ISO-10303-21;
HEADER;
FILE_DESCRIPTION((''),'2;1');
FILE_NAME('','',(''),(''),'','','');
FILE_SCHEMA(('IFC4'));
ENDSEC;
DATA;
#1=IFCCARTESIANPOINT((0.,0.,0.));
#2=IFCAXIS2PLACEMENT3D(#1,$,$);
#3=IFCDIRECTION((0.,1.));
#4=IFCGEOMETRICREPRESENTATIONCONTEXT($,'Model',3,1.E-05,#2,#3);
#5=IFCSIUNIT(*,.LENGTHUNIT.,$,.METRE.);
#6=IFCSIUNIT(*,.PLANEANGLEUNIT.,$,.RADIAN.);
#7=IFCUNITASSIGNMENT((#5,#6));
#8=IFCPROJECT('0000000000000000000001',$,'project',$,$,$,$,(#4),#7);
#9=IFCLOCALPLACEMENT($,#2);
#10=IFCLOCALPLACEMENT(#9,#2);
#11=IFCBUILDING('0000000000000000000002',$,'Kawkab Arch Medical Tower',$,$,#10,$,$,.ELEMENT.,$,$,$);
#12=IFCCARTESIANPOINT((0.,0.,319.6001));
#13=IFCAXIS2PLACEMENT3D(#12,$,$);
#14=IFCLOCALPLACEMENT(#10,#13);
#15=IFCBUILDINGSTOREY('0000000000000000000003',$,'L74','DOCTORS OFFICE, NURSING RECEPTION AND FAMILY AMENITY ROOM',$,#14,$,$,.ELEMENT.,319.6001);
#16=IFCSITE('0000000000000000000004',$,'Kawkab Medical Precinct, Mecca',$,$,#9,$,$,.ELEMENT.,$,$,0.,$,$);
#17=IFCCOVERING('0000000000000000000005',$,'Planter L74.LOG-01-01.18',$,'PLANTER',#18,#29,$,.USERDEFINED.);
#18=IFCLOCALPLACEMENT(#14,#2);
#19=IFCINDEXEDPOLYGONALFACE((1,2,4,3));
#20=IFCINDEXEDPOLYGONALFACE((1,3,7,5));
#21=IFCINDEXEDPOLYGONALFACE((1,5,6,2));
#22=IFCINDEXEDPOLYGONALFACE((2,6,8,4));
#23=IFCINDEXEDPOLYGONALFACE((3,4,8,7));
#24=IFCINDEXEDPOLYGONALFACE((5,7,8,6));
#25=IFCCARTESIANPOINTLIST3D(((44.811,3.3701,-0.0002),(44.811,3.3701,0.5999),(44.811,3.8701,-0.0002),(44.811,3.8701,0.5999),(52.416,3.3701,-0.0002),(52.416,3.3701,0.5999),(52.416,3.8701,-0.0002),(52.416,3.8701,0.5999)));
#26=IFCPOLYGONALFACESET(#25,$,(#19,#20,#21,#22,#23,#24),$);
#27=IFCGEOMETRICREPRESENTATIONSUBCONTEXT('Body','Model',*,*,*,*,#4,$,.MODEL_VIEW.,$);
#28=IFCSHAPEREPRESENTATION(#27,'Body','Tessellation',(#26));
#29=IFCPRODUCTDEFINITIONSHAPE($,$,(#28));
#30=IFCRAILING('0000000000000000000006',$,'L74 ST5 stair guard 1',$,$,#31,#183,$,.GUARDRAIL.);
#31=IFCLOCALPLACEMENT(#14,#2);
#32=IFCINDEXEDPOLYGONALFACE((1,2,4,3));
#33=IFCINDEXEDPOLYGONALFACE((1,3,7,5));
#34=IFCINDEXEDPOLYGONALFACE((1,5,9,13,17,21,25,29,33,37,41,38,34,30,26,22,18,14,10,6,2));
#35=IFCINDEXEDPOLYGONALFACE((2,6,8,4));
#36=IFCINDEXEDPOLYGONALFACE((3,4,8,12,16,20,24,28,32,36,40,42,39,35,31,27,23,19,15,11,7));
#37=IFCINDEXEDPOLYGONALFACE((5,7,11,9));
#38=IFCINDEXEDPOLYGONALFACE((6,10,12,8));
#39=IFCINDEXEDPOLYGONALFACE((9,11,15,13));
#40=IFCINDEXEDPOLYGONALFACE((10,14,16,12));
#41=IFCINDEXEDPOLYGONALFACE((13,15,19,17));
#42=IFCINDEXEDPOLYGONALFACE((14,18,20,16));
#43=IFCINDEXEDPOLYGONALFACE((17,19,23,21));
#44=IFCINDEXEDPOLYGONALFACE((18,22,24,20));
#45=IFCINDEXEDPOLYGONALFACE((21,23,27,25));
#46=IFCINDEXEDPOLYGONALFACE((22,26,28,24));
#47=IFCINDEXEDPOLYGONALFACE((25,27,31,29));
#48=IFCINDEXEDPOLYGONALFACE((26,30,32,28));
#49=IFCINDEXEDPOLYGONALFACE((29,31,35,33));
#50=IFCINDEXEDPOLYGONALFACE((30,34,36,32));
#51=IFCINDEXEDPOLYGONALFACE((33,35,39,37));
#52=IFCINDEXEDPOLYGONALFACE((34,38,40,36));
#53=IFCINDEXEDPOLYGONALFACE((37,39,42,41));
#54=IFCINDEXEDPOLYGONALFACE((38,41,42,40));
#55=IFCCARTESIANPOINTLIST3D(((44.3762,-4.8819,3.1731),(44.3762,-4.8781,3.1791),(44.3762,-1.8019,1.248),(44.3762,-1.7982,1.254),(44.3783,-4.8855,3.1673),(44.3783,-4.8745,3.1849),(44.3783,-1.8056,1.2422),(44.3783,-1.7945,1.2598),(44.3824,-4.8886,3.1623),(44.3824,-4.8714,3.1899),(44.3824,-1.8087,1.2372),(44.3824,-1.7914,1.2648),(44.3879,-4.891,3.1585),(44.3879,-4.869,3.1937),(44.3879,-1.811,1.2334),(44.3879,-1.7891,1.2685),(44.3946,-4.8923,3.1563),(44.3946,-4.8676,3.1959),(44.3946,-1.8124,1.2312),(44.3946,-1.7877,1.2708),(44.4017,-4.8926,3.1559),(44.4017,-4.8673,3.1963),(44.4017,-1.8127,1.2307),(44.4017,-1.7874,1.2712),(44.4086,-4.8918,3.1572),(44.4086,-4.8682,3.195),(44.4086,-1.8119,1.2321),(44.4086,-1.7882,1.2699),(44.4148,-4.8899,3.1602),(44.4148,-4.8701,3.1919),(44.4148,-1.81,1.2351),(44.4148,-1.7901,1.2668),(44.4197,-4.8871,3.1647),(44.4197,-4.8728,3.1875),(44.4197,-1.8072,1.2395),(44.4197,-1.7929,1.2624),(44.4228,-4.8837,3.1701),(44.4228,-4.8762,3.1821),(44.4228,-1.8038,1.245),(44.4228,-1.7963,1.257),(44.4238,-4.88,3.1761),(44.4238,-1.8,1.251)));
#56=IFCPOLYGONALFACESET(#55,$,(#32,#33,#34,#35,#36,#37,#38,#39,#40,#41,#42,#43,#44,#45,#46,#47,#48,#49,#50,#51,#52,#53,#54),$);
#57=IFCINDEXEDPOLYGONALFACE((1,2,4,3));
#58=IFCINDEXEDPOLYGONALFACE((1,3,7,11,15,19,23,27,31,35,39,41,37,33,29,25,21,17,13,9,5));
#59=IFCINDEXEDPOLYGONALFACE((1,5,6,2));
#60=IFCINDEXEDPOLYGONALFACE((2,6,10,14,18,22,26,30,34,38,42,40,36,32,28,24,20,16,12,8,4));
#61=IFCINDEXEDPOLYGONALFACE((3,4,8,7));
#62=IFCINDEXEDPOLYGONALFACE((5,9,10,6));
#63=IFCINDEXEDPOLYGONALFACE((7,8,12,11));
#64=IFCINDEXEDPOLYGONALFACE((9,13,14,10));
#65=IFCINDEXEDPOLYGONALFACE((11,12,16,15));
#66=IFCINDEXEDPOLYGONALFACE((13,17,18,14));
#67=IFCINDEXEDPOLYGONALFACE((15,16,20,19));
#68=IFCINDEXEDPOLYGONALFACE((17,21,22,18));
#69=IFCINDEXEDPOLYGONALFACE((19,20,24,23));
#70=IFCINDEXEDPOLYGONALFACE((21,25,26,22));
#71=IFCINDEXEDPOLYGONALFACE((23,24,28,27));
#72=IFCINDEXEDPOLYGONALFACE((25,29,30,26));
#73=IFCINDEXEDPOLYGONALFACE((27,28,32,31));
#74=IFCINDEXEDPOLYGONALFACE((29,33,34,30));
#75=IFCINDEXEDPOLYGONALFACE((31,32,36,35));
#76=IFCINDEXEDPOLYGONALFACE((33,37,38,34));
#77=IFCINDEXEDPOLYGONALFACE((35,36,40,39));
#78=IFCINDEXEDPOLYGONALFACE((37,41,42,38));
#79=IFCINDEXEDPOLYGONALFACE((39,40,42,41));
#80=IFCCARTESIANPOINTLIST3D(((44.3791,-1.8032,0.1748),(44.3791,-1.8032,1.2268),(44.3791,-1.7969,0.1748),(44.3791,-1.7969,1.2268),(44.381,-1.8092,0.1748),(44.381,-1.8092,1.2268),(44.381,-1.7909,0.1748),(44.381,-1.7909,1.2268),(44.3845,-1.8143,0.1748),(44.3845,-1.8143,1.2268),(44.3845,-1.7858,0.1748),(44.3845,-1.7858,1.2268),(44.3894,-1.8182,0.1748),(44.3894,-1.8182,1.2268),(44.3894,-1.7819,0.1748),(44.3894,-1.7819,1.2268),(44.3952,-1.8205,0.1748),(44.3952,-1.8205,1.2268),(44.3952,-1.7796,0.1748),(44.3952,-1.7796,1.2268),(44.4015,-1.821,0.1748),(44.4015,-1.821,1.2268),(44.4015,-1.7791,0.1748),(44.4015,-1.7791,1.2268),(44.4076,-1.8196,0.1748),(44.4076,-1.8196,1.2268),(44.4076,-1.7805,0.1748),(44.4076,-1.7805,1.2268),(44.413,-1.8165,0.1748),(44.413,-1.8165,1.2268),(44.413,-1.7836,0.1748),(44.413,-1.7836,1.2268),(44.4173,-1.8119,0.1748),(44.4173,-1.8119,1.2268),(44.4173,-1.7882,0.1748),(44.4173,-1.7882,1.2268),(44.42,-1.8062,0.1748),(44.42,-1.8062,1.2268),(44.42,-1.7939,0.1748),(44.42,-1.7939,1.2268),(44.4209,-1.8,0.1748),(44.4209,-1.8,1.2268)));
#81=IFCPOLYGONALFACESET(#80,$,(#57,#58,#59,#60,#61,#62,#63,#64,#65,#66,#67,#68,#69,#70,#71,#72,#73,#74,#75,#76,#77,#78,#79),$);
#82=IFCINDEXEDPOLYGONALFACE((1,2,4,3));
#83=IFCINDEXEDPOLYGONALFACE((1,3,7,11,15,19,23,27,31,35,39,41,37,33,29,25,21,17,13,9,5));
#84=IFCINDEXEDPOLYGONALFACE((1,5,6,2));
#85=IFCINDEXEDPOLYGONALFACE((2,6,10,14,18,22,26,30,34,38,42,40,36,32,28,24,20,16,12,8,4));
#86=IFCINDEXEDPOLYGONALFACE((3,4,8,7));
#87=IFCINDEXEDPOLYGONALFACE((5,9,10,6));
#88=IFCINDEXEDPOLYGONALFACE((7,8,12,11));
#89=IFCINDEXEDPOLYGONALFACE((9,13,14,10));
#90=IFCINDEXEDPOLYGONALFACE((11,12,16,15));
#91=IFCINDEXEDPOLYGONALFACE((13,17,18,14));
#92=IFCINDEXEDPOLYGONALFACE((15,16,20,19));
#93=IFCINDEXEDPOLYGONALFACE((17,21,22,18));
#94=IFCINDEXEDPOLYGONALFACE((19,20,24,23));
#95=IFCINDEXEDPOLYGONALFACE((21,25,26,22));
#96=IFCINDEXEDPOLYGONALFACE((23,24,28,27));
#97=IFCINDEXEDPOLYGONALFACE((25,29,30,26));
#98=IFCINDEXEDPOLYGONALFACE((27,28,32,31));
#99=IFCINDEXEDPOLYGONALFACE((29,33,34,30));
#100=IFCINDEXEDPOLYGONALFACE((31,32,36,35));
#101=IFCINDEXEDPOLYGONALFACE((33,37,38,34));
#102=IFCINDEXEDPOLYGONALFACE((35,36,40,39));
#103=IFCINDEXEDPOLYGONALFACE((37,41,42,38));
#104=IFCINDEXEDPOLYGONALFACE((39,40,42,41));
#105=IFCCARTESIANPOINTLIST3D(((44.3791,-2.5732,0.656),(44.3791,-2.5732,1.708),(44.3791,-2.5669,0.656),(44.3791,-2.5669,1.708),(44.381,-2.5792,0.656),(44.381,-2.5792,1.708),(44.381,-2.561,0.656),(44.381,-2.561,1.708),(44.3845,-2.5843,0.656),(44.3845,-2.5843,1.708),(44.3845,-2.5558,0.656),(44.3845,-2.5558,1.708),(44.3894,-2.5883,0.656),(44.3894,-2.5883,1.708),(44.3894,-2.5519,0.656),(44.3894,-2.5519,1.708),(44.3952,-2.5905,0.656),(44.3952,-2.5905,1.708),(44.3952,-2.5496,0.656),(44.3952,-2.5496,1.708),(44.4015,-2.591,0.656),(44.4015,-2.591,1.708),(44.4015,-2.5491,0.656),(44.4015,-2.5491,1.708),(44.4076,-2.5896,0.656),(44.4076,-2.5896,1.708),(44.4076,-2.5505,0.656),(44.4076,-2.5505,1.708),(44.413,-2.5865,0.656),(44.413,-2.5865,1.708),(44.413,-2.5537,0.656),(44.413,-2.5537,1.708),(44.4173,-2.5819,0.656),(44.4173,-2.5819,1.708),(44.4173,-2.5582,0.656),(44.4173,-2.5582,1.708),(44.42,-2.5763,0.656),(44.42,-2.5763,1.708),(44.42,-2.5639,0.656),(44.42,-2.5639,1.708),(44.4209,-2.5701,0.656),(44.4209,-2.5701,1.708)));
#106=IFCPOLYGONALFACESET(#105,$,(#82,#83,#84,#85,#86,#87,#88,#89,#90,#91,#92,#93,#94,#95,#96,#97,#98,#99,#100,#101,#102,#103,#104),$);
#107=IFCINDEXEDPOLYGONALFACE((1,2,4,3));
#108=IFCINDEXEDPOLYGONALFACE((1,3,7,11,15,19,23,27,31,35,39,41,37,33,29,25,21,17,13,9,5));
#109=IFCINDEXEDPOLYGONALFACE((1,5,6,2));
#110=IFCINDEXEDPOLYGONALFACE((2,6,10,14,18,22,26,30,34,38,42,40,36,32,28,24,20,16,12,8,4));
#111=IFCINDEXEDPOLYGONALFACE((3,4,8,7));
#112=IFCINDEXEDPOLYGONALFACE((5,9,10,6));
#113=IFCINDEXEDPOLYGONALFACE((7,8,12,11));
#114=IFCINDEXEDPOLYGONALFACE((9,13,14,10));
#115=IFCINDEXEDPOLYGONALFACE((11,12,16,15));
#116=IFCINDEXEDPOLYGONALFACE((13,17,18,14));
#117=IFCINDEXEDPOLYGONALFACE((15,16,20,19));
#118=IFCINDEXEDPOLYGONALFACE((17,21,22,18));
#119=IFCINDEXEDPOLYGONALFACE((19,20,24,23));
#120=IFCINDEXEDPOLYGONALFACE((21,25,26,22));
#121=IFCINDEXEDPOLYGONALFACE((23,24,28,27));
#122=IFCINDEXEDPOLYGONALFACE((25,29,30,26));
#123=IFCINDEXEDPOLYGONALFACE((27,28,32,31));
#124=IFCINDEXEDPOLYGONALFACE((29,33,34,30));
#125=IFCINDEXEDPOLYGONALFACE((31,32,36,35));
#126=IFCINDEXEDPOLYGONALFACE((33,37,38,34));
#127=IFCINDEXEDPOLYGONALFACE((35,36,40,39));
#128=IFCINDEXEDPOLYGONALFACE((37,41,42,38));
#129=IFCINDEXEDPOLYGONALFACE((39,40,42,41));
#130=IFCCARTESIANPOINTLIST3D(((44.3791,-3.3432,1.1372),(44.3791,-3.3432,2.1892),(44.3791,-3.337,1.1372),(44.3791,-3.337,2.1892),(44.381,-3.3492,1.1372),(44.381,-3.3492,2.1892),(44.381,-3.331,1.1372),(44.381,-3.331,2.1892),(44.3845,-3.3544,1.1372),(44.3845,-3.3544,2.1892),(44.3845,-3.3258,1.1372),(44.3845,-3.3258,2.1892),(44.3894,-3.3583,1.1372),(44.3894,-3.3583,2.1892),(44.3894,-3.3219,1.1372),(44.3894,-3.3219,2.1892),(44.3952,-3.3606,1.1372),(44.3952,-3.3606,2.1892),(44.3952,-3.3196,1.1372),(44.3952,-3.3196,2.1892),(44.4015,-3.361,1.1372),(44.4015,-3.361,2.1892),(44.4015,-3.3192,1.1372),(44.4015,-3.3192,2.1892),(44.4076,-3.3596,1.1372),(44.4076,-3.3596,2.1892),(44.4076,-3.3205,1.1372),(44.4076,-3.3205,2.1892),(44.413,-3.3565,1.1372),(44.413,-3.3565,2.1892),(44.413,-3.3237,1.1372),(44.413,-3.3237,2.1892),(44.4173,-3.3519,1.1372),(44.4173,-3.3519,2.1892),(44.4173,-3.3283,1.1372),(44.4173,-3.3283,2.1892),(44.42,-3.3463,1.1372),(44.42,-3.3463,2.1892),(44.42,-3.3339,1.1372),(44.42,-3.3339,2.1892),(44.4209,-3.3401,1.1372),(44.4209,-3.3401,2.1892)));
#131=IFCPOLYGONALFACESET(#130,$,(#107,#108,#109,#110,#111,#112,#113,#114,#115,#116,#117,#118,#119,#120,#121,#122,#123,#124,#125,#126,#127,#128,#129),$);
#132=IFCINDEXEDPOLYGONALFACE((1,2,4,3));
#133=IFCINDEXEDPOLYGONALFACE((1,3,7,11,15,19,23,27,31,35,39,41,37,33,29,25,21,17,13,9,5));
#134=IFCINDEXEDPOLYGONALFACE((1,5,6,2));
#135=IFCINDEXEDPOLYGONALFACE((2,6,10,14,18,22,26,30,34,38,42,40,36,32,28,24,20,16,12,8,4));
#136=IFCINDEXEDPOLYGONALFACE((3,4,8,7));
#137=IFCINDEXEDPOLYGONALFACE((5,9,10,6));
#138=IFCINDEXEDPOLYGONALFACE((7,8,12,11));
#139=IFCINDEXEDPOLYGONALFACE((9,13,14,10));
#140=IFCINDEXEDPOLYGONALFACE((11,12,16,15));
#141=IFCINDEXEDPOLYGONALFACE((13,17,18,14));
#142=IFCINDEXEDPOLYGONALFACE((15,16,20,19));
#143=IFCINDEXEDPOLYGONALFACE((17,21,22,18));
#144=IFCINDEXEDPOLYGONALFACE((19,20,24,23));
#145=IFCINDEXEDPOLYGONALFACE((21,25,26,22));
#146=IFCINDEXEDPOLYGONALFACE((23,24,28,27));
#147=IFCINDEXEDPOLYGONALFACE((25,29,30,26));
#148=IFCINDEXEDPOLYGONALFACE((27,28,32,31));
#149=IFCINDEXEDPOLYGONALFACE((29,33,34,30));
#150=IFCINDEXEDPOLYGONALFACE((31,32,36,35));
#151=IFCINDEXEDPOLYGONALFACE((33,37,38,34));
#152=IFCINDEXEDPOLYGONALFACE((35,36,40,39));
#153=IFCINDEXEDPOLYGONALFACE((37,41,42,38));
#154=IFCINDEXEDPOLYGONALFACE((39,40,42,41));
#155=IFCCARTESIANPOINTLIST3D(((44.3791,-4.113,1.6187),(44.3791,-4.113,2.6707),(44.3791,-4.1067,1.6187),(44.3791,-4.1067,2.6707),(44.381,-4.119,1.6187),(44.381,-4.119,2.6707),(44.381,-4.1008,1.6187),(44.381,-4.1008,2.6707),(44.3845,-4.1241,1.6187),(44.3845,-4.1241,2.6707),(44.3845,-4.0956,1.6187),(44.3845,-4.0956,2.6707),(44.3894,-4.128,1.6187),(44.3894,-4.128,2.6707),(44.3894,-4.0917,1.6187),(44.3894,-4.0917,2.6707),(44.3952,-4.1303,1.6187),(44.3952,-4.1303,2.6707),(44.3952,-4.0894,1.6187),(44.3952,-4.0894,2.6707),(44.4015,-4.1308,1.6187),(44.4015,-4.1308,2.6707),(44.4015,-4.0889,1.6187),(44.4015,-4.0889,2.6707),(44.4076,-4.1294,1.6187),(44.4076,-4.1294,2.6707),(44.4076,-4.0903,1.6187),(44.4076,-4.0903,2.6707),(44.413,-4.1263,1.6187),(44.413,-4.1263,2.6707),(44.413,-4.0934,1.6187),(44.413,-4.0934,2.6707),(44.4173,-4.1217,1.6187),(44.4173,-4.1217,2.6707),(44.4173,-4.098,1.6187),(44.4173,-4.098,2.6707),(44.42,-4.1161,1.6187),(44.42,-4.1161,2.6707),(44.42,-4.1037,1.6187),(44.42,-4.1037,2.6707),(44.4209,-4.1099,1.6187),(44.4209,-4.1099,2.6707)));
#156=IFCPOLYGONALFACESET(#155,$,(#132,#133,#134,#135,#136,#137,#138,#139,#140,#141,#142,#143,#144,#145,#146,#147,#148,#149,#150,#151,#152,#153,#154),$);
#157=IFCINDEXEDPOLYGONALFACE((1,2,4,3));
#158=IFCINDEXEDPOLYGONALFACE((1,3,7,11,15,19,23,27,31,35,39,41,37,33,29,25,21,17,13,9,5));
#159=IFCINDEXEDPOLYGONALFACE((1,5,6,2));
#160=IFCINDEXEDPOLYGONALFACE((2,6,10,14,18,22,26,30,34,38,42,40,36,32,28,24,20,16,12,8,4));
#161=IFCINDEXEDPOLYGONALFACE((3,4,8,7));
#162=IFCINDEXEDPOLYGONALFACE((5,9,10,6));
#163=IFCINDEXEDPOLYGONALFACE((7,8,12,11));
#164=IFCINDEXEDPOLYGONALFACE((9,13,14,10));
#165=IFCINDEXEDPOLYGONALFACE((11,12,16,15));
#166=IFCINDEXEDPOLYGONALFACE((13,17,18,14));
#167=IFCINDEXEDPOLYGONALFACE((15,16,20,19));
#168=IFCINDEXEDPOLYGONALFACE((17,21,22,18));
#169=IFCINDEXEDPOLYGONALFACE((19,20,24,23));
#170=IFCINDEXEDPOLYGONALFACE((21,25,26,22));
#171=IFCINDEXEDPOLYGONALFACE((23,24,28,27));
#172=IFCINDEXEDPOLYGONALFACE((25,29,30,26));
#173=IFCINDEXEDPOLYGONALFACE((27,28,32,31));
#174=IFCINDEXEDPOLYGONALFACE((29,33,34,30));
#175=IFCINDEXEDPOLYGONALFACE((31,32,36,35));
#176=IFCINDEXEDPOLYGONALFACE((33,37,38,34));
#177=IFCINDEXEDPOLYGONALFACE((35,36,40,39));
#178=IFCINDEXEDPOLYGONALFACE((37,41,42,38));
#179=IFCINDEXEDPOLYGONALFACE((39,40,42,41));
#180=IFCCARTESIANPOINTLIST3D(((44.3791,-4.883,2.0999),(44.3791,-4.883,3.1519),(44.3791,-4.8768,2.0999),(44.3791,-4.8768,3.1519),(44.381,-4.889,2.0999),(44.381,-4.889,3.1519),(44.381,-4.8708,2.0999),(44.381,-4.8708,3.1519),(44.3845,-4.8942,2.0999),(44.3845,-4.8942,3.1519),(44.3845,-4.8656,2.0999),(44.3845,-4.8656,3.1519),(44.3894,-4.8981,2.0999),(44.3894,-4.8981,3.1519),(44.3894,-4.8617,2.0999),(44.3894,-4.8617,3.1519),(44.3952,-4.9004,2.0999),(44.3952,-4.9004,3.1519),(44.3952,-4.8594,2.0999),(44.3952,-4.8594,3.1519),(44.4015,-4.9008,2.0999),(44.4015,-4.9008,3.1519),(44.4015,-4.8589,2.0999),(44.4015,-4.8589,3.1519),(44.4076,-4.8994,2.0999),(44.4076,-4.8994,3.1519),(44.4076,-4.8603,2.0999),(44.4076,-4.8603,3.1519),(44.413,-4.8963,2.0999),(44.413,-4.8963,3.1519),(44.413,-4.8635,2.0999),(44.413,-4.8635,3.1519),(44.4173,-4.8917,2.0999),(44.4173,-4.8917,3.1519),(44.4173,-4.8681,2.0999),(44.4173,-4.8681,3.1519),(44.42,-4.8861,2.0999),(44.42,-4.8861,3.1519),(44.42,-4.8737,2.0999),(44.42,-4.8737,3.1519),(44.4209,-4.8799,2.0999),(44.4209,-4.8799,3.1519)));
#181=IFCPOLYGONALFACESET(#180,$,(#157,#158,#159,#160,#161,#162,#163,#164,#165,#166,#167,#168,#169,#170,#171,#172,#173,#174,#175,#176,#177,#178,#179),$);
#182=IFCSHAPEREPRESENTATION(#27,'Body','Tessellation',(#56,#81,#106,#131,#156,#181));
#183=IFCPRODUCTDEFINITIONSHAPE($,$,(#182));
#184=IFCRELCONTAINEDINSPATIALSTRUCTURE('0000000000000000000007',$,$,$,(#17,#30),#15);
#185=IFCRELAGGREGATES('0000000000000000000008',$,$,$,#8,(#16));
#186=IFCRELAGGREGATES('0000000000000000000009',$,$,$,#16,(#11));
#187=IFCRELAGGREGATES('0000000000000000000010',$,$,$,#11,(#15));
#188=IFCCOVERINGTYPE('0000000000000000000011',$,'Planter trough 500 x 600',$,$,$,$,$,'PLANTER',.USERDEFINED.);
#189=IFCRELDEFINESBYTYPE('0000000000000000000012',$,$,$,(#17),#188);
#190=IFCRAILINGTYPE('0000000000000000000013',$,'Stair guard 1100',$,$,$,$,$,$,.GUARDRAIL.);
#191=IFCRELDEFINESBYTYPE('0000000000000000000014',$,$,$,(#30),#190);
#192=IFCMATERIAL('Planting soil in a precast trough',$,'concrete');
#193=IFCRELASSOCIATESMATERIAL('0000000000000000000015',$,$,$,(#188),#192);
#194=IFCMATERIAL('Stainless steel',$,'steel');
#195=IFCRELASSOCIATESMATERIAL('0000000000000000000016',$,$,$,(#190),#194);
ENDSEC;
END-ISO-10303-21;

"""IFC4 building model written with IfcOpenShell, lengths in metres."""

from ifc_helpers import new_model, si_unit, direction, frame, origin, origin_2d, place, context, subcontext, project, spatial, rectangle, circle, extrude, material, material_profile, profile_set, type_object, element, save


model = new_model("IFC4")

# Units and contexts
model_context = context("Model", 3, precision=1e-05, world=origin(), true_north=direction((0.0, 1.0)))
body_context = subcontext(model_context, "Body", "Model", "MODEL_VIEW")
ifc_project = project(units=[si_unit("LENGTHUNIT", "METRE"), si_unit("PLANEANGLEUNIT", "RADIAN")], contexts=[model_context])

# Site, building, storey
site_placement = place(None, origin())
site = spatial("IfcSite", under=ifc_project, at=site_placement, Name="Kawkab Medical Precinct, Mecca", CompositionType="ELEMENT", RefElevation=0.0)
building_placement = place(site_placement, origin())
building = spatial("IfcBuilding", under=site, at=building_placement, Name="Kawkab Arch Medical Tower", CompositionType="ELEMENT")
storey_placement = place(building_placement, frame((0.0, 0.0, 319.6001)))
storey = spatial("IfcBuildingStorey", under=building, at=storey_placement, Name="L74", Description="DOCTORS OFFICE, NURSING RECEPTION AND FAMILY AMENITY ROOM", CompositionType="ELEMENT", Elevation=319.6001)

# Covering
ifc_material_1 = material(Name="Planting soil in a precast trough", Category="concrete")
ifc_material_profile_1 = material_profile(ifc_material_1, rectangle(XDim=0.5, YDim=0.6001, at=origin_2d()), Name="Trough 500x600")
ifc_profile_set_1 = profile_set([ifc_material_profile_1], Name="Planting soil in a precast trough")
covering_type = type_object("IfcCoveringType", Name="Planter trough 500 x 600", ElementType="PLANTER", PredefinedType="USERDEFINED", material=ifc_profile_set_1)
covering_placement = place(storey_placement, frame((44.811, 3.6201, 0.2998), z_axis=(1.0, 0.0, 0.0), x_axis=(0.0, 1.0, 0.0)))
element("IfcCovering", 1, at=covering_placement, inside=storey, type_object=covering_type, Name="Planter L74.LOG-01-01.18", ObjectType="PLANTER", PredefinedType="USERDEFINED", context=body_context, shape_type="SweptSolid", body=[
    extrude(rectangle(XDim=0.5, YDim=0.6001, at=origin_2d()), origin(), (0.0, 0.0, 1.0), 7.605),
])

# Railing
ifc_material_2 = material(Name="Stainless steel", Category="steel")
railing_type = type_object("IfcRailingType", Name="Stair guard 1100", PredefinedType="GUARDRAIL", material=ifc_material_2)
railing_1_placement = place(storey_placement, frame((44.3999, -1.8, 0.1748)))
element("IfcRailing", 2, at=railing_1_placement, inside=storey, type_object=railing_type, Name="L74 ST5 stair guard 1", PredefinedType="GUARDRAIL", context=body_context, shape_type="SweptSolid", body=[
    extrude(circle(Radius=0.0239, at=origin_2d()), frame((0.0, 0.0, 1.0762), z_axis=(0.0, -0.847979, 0.530029), x_axis=(1.0, 0.0, 0.0)), (0.0, 0.0, 1.0), 3.6321),
    extrude(circle(Radius=0.021, at=origin_2d()), origin(), (0.0, 0.0, 1.0), 1.052),
    extrude(circle(Radius=0.021, at=origin_2d()), frame((0.0, -0.77, 0.4812)), (0.0, 0.0, 1.0), 1.052),
    extrude(circle(Radius=0.021, at=origin_2d()), frame((0.0, -1.54, 0.9624)), (0.0, 0.0, 1.0), 1.052),
    extrude(circle(Radius=0.021, at=origin_2d()), frame((0.0, -2.3098, 1.4438)), (0.0, 0.0, 1.0), 1.052),
    extrude(circle(Radius=0.021, at=origin_2d()), frame((0.0, -3.0798, 1.925)), (0.0, 0.0, 1.0), 1.052),
])

save(model, "model.ifc")
